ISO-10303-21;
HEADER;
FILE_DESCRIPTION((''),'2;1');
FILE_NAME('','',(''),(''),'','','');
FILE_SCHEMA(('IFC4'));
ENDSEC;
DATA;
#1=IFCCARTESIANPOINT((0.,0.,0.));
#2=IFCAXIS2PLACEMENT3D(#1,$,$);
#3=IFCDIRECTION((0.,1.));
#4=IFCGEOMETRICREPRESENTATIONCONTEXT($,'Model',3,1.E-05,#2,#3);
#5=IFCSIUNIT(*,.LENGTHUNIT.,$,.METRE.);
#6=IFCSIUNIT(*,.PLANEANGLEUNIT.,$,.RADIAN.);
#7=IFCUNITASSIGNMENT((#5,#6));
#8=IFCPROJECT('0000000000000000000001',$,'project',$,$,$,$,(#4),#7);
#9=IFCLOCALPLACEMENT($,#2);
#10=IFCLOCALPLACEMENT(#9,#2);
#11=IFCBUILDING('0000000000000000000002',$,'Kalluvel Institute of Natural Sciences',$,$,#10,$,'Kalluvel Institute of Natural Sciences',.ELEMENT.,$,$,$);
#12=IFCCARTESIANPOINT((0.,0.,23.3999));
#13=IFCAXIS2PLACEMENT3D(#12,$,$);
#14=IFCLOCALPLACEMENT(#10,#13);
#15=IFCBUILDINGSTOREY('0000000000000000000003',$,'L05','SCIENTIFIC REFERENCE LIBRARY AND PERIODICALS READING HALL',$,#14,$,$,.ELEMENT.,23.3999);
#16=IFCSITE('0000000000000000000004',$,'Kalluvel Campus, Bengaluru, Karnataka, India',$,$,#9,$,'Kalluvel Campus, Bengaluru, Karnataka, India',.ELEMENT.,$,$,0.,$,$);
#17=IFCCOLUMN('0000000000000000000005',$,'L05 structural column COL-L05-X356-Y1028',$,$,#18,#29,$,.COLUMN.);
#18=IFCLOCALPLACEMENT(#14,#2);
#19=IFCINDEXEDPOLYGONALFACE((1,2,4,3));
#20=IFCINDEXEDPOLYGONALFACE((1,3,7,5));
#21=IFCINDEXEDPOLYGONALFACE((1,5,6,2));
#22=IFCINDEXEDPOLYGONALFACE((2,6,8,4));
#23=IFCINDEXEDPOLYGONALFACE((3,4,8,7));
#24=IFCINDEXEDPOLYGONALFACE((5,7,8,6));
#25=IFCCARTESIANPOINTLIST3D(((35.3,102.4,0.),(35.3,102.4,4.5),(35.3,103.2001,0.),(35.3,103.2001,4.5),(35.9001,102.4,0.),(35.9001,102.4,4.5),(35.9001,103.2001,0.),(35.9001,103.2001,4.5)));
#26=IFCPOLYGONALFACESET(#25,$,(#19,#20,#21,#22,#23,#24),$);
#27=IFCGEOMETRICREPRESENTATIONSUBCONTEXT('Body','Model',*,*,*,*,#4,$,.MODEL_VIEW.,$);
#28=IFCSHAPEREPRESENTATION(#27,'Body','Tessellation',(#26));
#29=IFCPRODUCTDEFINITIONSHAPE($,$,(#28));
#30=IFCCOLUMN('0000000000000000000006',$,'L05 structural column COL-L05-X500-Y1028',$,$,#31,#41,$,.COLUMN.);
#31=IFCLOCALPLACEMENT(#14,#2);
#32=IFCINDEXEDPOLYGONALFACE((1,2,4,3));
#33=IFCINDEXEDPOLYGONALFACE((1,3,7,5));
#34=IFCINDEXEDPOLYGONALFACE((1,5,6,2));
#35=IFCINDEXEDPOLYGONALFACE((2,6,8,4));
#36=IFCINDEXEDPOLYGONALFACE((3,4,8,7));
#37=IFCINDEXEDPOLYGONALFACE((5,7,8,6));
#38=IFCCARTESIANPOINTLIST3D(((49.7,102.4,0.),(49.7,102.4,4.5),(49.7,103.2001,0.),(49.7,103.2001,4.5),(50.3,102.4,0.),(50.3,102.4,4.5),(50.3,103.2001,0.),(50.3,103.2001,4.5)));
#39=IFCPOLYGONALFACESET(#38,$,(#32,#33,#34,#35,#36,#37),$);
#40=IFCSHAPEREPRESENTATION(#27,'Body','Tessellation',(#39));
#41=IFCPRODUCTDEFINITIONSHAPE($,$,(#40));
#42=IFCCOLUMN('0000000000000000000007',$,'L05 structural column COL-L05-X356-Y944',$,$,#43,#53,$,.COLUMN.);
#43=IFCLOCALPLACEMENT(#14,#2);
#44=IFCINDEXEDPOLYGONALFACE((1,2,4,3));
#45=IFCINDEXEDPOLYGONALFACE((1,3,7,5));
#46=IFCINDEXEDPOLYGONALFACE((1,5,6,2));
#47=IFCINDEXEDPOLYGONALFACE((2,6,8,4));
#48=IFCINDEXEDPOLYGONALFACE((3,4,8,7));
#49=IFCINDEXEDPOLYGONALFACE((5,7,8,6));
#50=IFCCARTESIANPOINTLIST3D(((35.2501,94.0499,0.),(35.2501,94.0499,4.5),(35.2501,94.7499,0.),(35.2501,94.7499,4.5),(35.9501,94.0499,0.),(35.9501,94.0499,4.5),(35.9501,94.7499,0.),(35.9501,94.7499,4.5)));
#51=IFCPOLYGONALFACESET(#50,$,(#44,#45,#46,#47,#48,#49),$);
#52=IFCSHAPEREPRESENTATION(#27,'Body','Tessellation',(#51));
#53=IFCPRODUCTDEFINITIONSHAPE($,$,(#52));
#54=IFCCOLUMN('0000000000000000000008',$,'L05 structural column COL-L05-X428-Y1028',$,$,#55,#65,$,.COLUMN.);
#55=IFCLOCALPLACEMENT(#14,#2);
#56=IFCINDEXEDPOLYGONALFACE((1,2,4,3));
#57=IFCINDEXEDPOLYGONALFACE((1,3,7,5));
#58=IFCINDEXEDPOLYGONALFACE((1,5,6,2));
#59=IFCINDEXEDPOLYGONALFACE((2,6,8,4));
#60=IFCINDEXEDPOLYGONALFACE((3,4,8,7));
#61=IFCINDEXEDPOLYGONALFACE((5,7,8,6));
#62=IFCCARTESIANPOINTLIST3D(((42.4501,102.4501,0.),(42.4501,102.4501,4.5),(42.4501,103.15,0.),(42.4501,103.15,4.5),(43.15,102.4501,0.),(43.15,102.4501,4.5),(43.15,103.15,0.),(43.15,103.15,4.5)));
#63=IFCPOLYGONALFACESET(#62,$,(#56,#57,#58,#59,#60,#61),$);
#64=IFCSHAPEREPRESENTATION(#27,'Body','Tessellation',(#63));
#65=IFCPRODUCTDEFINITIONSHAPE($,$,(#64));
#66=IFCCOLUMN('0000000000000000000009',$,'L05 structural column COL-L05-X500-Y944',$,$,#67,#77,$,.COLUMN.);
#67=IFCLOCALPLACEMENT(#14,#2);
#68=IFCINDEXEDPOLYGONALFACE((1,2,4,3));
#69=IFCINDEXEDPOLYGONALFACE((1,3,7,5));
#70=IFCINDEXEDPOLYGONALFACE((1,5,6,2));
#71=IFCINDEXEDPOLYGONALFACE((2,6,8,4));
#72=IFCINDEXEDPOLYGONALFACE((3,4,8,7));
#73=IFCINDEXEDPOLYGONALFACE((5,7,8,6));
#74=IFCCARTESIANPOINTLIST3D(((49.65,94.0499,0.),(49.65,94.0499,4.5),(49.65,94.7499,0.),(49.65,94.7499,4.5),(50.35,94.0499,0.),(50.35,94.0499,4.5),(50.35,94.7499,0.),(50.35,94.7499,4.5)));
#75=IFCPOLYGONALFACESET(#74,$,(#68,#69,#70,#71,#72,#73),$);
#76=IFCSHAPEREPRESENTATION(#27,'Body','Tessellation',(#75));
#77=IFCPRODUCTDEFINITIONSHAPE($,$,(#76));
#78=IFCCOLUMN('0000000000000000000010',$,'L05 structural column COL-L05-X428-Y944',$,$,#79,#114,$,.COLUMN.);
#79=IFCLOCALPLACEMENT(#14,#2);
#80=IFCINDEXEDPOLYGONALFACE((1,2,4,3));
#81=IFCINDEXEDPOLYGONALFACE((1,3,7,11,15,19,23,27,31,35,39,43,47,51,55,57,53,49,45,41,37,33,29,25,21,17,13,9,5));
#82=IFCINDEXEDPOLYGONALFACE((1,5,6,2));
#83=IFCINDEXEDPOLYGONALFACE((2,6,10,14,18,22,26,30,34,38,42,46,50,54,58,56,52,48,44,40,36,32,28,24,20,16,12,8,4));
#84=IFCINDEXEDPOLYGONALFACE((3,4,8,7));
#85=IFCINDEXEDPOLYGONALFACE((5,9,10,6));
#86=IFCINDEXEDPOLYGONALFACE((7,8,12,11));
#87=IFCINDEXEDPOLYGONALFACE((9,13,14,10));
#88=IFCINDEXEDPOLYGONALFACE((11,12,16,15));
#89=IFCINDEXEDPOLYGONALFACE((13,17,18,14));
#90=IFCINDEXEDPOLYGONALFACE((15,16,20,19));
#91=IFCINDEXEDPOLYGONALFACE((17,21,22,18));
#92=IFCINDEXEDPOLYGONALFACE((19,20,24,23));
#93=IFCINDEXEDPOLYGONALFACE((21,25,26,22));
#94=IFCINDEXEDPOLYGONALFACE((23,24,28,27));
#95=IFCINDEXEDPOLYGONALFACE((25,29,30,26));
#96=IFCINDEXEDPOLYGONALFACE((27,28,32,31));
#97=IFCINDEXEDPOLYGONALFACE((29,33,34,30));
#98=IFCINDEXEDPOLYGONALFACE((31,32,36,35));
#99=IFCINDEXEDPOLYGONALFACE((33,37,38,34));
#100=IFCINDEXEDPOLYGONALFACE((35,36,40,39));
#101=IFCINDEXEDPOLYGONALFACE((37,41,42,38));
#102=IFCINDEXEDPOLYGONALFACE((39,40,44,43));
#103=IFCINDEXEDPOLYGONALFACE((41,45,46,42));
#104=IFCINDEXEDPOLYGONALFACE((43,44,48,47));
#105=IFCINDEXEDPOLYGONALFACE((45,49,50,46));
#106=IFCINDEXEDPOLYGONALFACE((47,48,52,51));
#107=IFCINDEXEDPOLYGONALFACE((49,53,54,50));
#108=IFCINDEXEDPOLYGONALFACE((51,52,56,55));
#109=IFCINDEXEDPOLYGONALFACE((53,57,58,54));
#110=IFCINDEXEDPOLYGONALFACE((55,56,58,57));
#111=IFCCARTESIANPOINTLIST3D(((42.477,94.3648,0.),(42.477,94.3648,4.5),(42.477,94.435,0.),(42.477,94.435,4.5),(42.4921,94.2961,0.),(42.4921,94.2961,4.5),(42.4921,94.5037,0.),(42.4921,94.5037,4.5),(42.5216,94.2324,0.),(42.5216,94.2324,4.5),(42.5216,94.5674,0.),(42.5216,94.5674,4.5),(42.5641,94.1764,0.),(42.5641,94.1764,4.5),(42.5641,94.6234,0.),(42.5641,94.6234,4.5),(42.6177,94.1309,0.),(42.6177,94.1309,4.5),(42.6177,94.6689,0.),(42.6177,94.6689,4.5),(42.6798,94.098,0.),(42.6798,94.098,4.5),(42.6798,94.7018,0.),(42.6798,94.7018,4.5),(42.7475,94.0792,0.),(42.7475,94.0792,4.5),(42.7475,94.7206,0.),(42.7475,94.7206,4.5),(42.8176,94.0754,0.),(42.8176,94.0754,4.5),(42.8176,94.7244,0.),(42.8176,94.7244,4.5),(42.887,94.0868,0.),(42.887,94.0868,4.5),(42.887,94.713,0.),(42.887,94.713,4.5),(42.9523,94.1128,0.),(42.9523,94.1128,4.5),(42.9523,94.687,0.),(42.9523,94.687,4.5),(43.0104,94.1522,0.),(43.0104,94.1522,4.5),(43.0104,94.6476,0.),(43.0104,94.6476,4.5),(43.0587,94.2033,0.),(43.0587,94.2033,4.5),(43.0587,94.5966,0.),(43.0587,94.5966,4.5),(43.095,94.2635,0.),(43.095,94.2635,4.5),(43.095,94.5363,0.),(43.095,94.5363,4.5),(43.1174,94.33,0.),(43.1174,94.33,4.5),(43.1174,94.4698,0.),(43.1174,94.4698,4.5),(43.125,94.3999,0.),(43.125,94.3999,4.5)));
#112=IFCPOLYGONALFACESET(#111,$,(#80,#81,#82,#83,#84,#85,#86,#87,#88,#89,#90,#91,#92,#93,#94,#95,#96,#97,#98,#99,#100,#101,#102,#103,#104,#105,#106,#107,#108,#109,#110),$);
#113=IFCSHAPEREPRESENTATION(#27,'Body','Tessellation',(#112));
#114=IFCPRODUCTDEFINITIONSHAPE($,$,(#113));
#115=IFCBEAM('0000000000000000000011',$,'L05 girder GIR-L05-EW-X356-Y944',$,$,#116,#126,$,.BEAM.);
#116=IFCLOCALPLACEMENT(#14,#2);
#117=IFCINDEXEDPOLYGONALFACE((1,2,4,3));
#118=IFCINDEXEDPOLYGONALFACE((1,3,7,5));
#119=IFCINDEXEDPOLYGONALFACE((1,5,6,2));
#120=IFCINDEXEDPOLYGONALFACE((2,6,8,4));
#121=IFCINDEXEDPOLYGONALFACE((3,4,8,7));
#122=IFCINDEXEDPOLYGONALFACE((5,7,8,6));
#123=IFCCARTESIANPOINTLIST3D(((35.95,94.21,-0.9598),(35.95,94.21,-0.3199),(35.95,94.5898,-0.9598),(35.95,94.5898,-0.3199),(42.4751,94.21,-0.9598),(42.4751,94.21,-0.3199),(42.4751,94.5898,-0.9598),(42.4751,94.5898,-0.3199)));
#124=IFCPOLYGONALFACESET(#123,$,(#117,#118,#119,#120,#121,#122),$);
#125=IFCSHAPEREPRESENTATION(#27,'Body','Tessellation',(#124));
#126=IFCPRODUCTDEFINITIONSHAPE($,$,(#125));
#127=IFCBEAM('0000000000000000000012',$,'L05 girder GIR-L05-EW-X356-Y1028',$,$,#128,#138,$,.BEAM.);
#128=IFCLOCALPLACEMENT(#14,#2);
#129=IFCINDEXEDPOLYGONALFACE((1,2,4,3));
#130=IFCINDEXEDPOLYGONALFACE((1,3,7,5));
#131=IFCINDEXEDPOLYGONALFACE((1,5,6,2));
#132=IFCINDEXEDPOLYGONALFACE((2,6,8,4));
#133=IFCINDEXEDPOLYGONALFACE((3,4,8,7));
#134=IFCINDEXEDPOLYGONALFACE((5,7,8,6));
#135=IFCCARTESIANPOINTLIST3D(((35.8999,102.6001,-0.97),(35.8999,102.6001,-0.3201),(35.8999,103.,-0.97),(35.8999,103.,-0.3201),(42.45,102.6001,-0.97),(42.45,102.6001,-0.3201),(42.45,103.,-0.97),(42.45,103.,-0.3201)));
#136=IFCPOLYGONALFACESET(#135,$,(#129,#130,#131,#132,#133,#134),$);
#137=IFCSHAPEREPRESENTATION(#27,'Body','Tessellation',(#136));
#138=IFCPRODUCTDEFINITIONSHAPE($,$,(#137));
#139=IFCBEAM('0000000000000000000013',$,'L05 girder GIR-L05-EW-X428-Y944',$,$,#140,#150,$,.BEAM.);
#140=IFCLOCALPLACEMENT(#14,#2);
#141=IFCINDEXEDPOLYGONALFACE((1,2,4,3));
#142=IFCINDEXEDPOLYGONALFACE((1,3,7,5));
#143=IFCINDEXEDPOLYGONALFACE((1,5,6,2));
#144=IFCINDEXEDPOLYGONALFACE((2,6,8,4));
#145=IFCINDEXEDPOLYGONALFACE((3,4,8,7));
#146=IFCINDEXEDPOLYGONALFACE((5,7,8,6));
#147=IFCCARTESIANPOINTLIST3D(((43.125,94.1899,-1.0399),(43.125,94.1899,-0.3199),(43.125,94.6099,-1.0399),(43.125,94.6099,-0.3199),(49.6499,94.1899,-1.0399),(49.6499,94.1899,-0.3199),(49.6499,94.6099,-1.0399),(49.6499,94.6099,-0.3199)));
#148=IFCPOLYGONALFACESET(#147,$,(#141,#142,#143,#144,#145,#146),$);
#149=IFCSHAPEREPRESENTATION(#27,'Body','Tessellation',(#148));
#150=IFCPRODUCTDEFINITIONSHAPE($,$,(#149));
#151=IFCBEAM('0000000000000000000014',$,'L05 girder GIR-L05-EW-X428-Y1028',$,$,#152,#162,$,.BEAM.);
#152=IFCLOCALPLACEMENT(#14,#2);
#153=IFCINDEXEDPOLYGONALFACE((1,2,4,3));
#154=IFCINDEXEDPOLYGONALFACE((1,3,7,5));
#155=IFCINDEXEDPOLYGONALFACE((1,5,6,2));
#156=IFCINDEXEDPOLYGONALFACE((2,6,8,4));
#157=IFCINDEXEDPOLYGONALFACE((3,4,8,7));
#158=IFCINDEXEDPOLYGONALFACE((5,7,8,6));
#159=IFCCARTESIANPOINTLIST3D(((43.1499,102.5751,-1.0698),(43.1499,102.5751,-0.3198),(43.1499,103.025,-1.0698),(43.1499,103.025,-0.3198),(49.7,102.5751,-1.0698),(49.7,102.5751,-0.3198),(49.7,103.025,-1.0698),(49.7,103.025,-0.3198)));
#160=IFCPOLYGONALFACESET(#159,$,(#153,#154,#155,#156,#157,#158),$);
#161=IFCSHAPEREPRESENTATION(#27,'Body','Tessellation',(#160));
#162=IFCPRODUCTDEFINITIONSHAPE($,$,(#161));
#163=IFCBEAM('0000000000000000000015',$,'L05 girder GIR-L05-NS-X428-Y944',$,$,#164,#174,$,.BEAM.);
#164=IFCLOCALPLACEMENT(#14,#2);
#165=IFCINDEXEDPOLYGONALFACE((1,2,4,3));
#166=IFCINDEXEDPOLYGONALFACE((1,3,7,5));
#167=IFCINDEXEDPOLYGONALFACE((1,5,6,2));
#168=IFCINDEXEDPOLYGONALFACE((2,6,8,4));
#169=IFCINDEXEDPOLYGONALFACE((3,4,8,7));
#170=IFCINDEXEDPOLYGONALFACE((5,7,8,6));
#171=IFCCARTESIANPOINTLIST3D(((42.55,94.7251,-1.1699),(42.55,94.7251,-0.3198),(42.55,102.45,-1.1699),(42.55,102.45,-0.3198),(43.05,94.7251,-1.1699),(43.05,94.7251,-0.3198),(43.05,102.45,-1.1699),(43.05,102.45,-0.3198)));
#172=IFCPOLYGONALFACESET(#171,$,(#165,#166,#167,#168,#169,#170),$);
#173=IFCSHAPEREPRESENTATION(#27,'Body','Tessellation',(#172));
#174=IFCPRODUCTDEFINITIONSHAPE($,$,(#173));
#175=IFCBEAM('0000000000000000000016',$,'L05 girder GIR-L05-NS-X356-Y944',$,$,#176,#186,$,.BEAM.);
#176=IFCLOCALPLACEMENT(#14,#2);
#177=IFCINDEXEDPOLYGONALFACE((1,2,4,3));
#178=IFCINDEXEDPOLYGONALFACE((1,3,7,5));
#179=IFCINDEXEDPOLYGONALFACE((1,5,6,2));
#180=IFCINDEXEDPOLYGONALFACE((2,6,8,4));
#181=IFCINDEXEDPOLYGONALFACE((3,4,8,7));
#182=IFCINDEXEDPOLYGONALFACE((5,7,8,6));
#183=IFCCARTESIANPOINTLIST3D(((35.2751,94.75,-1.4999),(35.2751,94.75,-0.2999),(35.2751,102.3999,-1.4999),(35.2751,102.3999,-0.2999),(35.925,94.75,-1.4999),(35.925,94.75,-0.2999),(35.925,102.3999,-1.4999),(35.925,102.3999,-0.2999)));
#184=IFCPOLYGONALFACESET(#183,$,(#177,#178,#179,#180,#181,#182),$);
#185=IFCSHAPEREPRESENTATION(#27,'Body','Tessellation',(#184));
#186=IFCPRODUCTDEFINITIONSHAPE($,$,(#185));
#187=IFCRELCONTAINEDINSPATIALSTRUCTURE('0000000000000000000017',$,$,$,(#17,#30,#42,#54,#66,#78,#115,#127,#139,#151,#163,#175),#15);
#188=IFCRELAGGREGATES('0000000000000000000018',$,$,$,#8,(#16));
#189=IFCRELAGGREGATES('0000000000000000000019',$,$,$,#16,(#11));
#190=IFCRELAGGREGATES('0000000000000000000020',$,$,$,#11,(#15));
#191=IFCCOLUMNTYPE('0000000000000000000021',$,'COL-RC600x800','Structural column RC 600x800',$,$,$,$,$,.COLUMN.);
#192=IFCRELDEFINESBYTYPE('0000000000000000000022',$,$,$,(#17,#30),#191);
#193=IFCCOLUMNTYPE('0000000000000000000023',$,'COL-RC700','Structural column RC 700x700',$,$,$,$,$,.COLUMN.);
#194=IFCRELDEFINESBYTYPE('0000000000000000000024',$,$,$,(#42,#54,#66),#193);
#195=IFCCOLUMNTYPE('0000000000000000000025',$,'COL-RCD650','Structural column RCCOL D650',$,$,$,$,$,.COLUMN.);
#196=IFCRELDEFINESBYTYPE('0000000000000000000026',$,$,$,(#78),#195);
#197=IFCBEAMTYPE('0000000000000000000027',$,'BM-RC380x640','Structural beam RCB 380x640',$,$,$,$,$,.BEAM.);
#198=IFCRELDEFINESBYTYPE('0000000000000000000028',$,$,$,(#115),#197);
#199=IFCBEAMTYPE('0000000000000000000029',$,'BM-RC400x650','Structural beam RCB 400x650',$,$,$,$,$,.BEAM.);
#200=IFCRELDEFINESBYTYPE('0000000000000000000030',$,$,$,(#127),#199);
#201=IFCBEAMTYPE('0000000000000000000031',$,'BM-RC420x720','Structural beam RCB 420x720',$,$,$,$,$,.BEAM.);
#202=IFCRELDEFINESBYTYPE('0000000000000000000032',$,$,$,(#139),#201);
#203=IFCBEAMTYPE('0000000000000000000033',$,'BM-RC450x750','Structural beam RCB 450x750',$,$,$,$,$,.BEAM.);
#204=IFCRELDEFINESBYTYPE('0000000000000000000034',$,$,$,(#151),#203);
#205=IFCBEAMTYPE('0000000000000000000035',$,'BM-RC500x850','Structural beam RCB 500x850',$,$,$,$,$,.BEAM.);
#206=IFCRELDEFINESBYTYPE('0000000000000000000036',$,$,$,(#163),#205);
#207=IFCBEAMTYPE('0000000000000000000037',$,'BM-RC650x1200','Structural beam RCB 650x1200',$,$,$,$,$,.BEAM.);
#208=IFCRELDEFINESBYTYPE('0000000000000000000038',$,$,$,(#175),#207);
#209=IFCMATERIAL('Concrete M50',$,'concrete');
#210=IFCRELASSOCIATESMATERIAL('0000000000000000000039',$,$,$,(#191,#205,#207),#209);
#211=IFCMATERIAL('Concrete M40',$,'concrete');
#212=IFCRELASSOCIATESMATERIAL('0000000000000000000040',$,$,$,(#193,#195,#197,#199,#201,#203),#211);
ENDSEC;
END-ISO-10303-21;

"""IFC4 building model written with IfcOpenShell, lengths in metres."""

from ifc_helpers import new_model, si_unit, direction, frame, origin, origin_2d, place, context, subcontext, project, spatial, rectangle, circle, extrude, material, material_profile, profile_set, type_object, element, save


model = new_model("IFC4")

# Units and contexts
model_context = context("Model", 3, precision=1e-05, world=origin(), true_north=direction((0.0, 1.0)))
body_context = subcontext(model_context, "Body", "Model", "MODEL_VIEW")
ifc_project = project(units=[si_unit("LENGTHUNIT", "METRE"), si_unit("PLANEANGLEUNIT", "RADIAN")], contexts=[model_context])

# Site, building, storey
site_placement = place(None, origin())
site = spatial("IfcSite", under=ifc_project, at=site_placement, Name="Kalluvel Campus, Bengaluru, Karnataka, India", LongName="Kalluvel Campus, Bengaluru, Karnataka, India", CompositionType="ELEMENT", RefElevation=0.0)
building_placement = place(site_placement, origin())
building = spatial("IfcBuilding", under=site, at=building_placement, Name="Kalluvel Institute of Natural Sciences", LongName="Kalluvel Institute of Natural Sciences", CompositionType="ELEMENT")
storey_placement = place(building_placement, frame((0.0, 0.0, 23.3999)))
storey = spatial("IfcBuildingStorey", under=building, at=storey_placement, Name="L05", Description="SCIENTIFIC REFERENCE LIBRARY AND PERIODICALS READING HALL", CompositionType="ELEMENT", Elevation=23.3999)

# Columns
ifc_material_1 = material(Name="Concrete M50", Category="concrete")
ifc_material_profile_1 = material_profile(ifc_material_1, rectangle(XDim=0.6001, YDim=0.8, at=origin_2d()), Name="RC 600x800")
ifc_profile_set_1 = profile_set([ifc_material_profile_1], Name="Concrete M50")
column_type_1 = type_object("IfcColumnType", Name="COL-RC600x800", Description="Structural column RC 600x800", PredefinedType="COLUMN", material=ifc_profile_set_1)
for number, where, z_axis, x_axis, name in (
    (1, (35.6001, 102.8, 0.0), (0.0, 0.0, 1.0), (1.0, 0.0, 0.0), "L05 structural column COL-L05-X356-Y1028"),
    (2, (50.0, 102.8, 0.0), (0.0, 0.0, 1.0), (1.0, 0.0, 0.0), "L05 structural column COL-L05-X500-Y1028"),
):
    element("IfcColumn", number, at=place(storey_placement, frame(where, z_axis=z_axis, x_axis=x_axis)), inside=storey, type_object=column_type_1, Name=name, PredefinedType="COLUMN", context=body_context, shape_type="SweptSolid", body=[
        extrude(rectangle(XDim=0.6001, YDim=0.8, at=origin_2d()), origin(), (0.0, 0.0, 1.0), 4.5),
    ])
ifc_material_2 = material(Name="Concrete M40", Category="concrete")
ifc_material_profile_2 = material_profile(ifc_material_2, rectangle(XDim=0.7, YDim=0.7, at=origin_2d()), Name="RC 700x700")
ifc_profile_set_2 = profile_set([ifc_material_profile_2], Name="Concrete M40")
column_type_2 = type_object("IfcColumnType", Name="COL-RC700", Description="Structural column RC 700x700", PredefinedType="COLUMN", material=ifc_profile_set_2)
for number, where, z_axis, x_axis, name in (
    (3, (35.6001, 94.3999, 0.0), (0.0, 0.0, 1.0), (1.0, 0.0, 0.0), "L05 structural column COL-L05-X356-Y944"),
    (4, (42.8, 102.8, 0.0), (0.0, 0.0, 1.0), (1.0, 0.0, 0.0), "L05 structural column COL-L05-X428-Y1028"),
    (5, (50.0, 94.3999, 0.0), (0.0, 0.0, 1.0), (1.0, 0.0, 0.0), "L05 structural column COL-L05-X500-Y944"),
):
    element("IfcColumn", number, at=place(storey_placement, frame(where, z_axis=z_axis, x_axis=x_axis)), inside=storey, type_object=column_type_2, Name=name, PredefinedType="COLUMN", context=body_context, shape_type="SweptSolid", body=[
        extrude(rectangle(XDim=0.7, YDim=0.7, at=origin_2d()), origin(), (0.0, 0.0, 1.0), 4.5),
    ])
ifc_material_profile_3 = material_profile(ifc_material_2, circle(Radius=0.325, at=origin_2d()), Name="RCCOL D650")
ifc_profile_set_3 = profile_set([ifc_material_profile_3], Name="Concrete M40")
column_type_3 = type_object("IfcColumnType", Name="COL-RCD650", Description="Structural column RCCOL D650", PredefinedType="COLUMN", material=ifc_profile_set_3)
column_placement = place(storey_placement, frame((42.8, 94.3999, 0.0), z_axis=(0.0, 0.0, 1.0), x_axis=(1.0, 0.0, 0.0)))
element("IfcColumn", 6, at=column_placement, inside=storey, type_object=column_type_3, Name="L05 structural column COL-L05-X428-Y944", PredefinedType="COLUMN", context=body_context, shape_type="SweptSolid", body=[
    extrude(circle(Radius=0.325, at=origin_2d()), origin(), (0.0, 0.0, 1.0), 4.5),
])

# Beams
ifc_material_profile_4 = material_profile(ifc_material_2, rectangle(XDim=0.3799, YDim=0.6399, at=origin_2d()), Name="RCB 380x640")
ifc_profile_set_4 = profile_set([ifc_material_profile_4], Name="Concrete M40")
beam_type_1 = type_object("IfcBeamType", Name="BM-RC380x640", Description="Structural beam RCB 380x640", PredefinedType="BEAM", material=ifc_profile_set_4)
beam_1_placement = place(storey_placement, frame((35.95, 94.3999, -0.6399), z_axis=(1.0, 0.0, 0.0), x_axis=(0.0, 1.0, 0.0)))
element("IfcBeam", 7, at=beam_1_placement, inside=storey, type_object=beam_type_1, Name="L05 girder GIR-L05-EW-X356-Y944", PredefinedType="BEAM", context=body_context, shape_type="SweptSolid", body=[
    extrude(rectangle(XDim=0.3799, YDim=0.6399, at=origin_2d()), origin(), (0.0, 0.0, 1.0), 6.5251),
])
ifc_material_profile_5 = material_profile(ifc_material_2, rectangle(XDim=0.3999, YDim=0.6499, at=origin_2d()), Name="RCB 400x650")
ifc_profile_set_5 = profile_set([ifc_material_profile_5], Name="Concrete M40")
beam_type_2 = type_object("IfcBeamType", Name="BM-RC400x650", Description="Structural beam RCB 400x650", PredefinedType="BEAM", material=ifc_profile_set_5)
beam_2_placement = place(storey_placement, frame((35.8999, 102.8, -0.645), z_axis=(1.0, 0.0, 0.0), x_axis=(0.0, 1.0, 0.0)))
element("IfcBeam", 8, at=beam_2_placement, inside=storey, type_object=beam_type_2, Name="L05 girder GIR-L05-EW-X356-Y1028", PredefinedType="BEAM", context=body_context, shape_type="SweptSolid", body=[
    extrude(rectangle(XDim=0.3999, YDim=0.6499, at=origin_2d()), origin(), (0.0, 0.0, 1.0), 6.55),
])
ifc_material_profile_6 = material_profile(ifc_material_2, rectangle(XDim=0.4199, YDim=0.72, at=origin_2d()), Name="RCB 420x720")
ifc_profile_set_6 = profile_set([ifc_material_profile_6], Name="Concrete M40")
beam_type_3 = type_object("IfcBeamType", Name="BM-RC420x720", Description="Structural beam RCB 420x720", PredefinedType="BEAM", material=ifc_profile_set_6)
beam_3_placement = place(storey_placement, frame((43.125, 94.3999, -0.6799), z_axis=(1.0, 0.0, 0.0), x_axis=(0.0, 1.0, 0.0)))
element("IfcBeam", 9, at=beam_3_placement, inside=storey, type_object=beam_type_3, Name="L05 girder GIR-L05-EW-X428-Y944", PredefinedType="BEAM", context=body_context, shape_type="SweptSolid", body=[
    extrude(rectangle(XDim=0.4199, YDim=0.72, at=origin_2d()), origin(), (0.0, 0.0, 1.0), 6.5249),
])
ifc_material_profile_7 = material_profile(ifc_material_2, rectangle(XDim=0.45, YDim=0.75, at=origin_2d()), Name="RCB 450x750")
ifc_profile_set_7 = profile_set([ifc_material_profile_7], Name="Concrete M40")
beam_type_4 = type_object("IfcBeamType", Name="BM-RC450x750", Description="Structural beam RCB 450x750", PredefinedType="BEAM", material=ifc_profile_set_7)
beam_4_placement = place(storey_placement, frame((43.1499, 102.8, -0.6948), z_axis=(1.0, 0.0, 0.0), x_axis=(0.0, 1.0, 0.0)))
element("IfcBeam", 10, at=beam_4_placement, inside=storey, type_object=beam_type_4, Name="L05 girder GIR-L05-EW-X428-Y1028", PredefinedType="BEAM", context=body_context, shape_type="SweptSolid", body=[
    extrude(rectangle(XDim=0.45, YDim=0.75, at=origin_2d()), origin(), (0.0, 0.0, 1.0), 6.55),
])
ifc_material_profile_8 = material_profile(ifc_material_1, rectangle(XDim=0.5, YDim=0.8501, at=origin_2d()), Name="RCB 500x850")
ifc_profile_set_8 = profile_set([ifc_material_profile_8], Name="Concrete M50")
beam_type_5 = type_object("IfcBeamType", Name="BM-RC500x850", Description="Structural beam RCB 500x850", PredefinedType="BEAM", material=ifc_profile_set_8)
beam_5_placement = place(storey_placement, frame((42.8, 94.7251, -0.7449), z_axis=(0.0, 1.0, 0.0), x_axis=(-1.0, 0.0, 0.0)))
element("IfcBeam", 11, at=beam_5_placement, inside=storey, type_object=beam_type_5, Name="L05 girder GIR-L05-NS-X428-Y944", PredefinedType="BEAM", context=body_context, shape_type="SweptSolid", body=[
    extrude(rectangle(XDim=0.5, YDim=0.8501, at=origin_2d()), origin(), (0.0, 0.0, 1.0), 7.7249),
])
ifc_material_profile_9 = material_profile(ifc_material_1, rectangle(XDim=0.6499, YDim=1.2, at=origin_2d()), Name="RCB 650x1200")
ifc_profile_set_9 = profile_set([ifc_material_profile_9], Name="Concrete M50")
beam_type_6 = type_object("IfcBeamType", Name="BM-RC650x1200", Description="Structural beam RCB 650x1200", PredefinedType="BEAM", material=ifc_profile_set_9)
beam_6_placement = place(storey_placement, frame((35.6001, 94.75, -0.8999), z_axis=(0.0, 1.0, 0.0), x_axis=(-1.0, 0.0, 0.0)))
element("IfcBeam", 12, at=beam_6_placement, inside=storey, type_object=beam_type_6, Name="L05 girder GIR-L05-NS-X356-Y944", PredefinedType="BEAM", context=body_context, shape_type="SweptSolid", body=[
    extrude(rectangle(XDim=0.6499, YDim=1.2, at=origin_2d()), origin(), (0.0, 0.0, 1.0), 7.6499),
])

save(model, "model.ifc")
